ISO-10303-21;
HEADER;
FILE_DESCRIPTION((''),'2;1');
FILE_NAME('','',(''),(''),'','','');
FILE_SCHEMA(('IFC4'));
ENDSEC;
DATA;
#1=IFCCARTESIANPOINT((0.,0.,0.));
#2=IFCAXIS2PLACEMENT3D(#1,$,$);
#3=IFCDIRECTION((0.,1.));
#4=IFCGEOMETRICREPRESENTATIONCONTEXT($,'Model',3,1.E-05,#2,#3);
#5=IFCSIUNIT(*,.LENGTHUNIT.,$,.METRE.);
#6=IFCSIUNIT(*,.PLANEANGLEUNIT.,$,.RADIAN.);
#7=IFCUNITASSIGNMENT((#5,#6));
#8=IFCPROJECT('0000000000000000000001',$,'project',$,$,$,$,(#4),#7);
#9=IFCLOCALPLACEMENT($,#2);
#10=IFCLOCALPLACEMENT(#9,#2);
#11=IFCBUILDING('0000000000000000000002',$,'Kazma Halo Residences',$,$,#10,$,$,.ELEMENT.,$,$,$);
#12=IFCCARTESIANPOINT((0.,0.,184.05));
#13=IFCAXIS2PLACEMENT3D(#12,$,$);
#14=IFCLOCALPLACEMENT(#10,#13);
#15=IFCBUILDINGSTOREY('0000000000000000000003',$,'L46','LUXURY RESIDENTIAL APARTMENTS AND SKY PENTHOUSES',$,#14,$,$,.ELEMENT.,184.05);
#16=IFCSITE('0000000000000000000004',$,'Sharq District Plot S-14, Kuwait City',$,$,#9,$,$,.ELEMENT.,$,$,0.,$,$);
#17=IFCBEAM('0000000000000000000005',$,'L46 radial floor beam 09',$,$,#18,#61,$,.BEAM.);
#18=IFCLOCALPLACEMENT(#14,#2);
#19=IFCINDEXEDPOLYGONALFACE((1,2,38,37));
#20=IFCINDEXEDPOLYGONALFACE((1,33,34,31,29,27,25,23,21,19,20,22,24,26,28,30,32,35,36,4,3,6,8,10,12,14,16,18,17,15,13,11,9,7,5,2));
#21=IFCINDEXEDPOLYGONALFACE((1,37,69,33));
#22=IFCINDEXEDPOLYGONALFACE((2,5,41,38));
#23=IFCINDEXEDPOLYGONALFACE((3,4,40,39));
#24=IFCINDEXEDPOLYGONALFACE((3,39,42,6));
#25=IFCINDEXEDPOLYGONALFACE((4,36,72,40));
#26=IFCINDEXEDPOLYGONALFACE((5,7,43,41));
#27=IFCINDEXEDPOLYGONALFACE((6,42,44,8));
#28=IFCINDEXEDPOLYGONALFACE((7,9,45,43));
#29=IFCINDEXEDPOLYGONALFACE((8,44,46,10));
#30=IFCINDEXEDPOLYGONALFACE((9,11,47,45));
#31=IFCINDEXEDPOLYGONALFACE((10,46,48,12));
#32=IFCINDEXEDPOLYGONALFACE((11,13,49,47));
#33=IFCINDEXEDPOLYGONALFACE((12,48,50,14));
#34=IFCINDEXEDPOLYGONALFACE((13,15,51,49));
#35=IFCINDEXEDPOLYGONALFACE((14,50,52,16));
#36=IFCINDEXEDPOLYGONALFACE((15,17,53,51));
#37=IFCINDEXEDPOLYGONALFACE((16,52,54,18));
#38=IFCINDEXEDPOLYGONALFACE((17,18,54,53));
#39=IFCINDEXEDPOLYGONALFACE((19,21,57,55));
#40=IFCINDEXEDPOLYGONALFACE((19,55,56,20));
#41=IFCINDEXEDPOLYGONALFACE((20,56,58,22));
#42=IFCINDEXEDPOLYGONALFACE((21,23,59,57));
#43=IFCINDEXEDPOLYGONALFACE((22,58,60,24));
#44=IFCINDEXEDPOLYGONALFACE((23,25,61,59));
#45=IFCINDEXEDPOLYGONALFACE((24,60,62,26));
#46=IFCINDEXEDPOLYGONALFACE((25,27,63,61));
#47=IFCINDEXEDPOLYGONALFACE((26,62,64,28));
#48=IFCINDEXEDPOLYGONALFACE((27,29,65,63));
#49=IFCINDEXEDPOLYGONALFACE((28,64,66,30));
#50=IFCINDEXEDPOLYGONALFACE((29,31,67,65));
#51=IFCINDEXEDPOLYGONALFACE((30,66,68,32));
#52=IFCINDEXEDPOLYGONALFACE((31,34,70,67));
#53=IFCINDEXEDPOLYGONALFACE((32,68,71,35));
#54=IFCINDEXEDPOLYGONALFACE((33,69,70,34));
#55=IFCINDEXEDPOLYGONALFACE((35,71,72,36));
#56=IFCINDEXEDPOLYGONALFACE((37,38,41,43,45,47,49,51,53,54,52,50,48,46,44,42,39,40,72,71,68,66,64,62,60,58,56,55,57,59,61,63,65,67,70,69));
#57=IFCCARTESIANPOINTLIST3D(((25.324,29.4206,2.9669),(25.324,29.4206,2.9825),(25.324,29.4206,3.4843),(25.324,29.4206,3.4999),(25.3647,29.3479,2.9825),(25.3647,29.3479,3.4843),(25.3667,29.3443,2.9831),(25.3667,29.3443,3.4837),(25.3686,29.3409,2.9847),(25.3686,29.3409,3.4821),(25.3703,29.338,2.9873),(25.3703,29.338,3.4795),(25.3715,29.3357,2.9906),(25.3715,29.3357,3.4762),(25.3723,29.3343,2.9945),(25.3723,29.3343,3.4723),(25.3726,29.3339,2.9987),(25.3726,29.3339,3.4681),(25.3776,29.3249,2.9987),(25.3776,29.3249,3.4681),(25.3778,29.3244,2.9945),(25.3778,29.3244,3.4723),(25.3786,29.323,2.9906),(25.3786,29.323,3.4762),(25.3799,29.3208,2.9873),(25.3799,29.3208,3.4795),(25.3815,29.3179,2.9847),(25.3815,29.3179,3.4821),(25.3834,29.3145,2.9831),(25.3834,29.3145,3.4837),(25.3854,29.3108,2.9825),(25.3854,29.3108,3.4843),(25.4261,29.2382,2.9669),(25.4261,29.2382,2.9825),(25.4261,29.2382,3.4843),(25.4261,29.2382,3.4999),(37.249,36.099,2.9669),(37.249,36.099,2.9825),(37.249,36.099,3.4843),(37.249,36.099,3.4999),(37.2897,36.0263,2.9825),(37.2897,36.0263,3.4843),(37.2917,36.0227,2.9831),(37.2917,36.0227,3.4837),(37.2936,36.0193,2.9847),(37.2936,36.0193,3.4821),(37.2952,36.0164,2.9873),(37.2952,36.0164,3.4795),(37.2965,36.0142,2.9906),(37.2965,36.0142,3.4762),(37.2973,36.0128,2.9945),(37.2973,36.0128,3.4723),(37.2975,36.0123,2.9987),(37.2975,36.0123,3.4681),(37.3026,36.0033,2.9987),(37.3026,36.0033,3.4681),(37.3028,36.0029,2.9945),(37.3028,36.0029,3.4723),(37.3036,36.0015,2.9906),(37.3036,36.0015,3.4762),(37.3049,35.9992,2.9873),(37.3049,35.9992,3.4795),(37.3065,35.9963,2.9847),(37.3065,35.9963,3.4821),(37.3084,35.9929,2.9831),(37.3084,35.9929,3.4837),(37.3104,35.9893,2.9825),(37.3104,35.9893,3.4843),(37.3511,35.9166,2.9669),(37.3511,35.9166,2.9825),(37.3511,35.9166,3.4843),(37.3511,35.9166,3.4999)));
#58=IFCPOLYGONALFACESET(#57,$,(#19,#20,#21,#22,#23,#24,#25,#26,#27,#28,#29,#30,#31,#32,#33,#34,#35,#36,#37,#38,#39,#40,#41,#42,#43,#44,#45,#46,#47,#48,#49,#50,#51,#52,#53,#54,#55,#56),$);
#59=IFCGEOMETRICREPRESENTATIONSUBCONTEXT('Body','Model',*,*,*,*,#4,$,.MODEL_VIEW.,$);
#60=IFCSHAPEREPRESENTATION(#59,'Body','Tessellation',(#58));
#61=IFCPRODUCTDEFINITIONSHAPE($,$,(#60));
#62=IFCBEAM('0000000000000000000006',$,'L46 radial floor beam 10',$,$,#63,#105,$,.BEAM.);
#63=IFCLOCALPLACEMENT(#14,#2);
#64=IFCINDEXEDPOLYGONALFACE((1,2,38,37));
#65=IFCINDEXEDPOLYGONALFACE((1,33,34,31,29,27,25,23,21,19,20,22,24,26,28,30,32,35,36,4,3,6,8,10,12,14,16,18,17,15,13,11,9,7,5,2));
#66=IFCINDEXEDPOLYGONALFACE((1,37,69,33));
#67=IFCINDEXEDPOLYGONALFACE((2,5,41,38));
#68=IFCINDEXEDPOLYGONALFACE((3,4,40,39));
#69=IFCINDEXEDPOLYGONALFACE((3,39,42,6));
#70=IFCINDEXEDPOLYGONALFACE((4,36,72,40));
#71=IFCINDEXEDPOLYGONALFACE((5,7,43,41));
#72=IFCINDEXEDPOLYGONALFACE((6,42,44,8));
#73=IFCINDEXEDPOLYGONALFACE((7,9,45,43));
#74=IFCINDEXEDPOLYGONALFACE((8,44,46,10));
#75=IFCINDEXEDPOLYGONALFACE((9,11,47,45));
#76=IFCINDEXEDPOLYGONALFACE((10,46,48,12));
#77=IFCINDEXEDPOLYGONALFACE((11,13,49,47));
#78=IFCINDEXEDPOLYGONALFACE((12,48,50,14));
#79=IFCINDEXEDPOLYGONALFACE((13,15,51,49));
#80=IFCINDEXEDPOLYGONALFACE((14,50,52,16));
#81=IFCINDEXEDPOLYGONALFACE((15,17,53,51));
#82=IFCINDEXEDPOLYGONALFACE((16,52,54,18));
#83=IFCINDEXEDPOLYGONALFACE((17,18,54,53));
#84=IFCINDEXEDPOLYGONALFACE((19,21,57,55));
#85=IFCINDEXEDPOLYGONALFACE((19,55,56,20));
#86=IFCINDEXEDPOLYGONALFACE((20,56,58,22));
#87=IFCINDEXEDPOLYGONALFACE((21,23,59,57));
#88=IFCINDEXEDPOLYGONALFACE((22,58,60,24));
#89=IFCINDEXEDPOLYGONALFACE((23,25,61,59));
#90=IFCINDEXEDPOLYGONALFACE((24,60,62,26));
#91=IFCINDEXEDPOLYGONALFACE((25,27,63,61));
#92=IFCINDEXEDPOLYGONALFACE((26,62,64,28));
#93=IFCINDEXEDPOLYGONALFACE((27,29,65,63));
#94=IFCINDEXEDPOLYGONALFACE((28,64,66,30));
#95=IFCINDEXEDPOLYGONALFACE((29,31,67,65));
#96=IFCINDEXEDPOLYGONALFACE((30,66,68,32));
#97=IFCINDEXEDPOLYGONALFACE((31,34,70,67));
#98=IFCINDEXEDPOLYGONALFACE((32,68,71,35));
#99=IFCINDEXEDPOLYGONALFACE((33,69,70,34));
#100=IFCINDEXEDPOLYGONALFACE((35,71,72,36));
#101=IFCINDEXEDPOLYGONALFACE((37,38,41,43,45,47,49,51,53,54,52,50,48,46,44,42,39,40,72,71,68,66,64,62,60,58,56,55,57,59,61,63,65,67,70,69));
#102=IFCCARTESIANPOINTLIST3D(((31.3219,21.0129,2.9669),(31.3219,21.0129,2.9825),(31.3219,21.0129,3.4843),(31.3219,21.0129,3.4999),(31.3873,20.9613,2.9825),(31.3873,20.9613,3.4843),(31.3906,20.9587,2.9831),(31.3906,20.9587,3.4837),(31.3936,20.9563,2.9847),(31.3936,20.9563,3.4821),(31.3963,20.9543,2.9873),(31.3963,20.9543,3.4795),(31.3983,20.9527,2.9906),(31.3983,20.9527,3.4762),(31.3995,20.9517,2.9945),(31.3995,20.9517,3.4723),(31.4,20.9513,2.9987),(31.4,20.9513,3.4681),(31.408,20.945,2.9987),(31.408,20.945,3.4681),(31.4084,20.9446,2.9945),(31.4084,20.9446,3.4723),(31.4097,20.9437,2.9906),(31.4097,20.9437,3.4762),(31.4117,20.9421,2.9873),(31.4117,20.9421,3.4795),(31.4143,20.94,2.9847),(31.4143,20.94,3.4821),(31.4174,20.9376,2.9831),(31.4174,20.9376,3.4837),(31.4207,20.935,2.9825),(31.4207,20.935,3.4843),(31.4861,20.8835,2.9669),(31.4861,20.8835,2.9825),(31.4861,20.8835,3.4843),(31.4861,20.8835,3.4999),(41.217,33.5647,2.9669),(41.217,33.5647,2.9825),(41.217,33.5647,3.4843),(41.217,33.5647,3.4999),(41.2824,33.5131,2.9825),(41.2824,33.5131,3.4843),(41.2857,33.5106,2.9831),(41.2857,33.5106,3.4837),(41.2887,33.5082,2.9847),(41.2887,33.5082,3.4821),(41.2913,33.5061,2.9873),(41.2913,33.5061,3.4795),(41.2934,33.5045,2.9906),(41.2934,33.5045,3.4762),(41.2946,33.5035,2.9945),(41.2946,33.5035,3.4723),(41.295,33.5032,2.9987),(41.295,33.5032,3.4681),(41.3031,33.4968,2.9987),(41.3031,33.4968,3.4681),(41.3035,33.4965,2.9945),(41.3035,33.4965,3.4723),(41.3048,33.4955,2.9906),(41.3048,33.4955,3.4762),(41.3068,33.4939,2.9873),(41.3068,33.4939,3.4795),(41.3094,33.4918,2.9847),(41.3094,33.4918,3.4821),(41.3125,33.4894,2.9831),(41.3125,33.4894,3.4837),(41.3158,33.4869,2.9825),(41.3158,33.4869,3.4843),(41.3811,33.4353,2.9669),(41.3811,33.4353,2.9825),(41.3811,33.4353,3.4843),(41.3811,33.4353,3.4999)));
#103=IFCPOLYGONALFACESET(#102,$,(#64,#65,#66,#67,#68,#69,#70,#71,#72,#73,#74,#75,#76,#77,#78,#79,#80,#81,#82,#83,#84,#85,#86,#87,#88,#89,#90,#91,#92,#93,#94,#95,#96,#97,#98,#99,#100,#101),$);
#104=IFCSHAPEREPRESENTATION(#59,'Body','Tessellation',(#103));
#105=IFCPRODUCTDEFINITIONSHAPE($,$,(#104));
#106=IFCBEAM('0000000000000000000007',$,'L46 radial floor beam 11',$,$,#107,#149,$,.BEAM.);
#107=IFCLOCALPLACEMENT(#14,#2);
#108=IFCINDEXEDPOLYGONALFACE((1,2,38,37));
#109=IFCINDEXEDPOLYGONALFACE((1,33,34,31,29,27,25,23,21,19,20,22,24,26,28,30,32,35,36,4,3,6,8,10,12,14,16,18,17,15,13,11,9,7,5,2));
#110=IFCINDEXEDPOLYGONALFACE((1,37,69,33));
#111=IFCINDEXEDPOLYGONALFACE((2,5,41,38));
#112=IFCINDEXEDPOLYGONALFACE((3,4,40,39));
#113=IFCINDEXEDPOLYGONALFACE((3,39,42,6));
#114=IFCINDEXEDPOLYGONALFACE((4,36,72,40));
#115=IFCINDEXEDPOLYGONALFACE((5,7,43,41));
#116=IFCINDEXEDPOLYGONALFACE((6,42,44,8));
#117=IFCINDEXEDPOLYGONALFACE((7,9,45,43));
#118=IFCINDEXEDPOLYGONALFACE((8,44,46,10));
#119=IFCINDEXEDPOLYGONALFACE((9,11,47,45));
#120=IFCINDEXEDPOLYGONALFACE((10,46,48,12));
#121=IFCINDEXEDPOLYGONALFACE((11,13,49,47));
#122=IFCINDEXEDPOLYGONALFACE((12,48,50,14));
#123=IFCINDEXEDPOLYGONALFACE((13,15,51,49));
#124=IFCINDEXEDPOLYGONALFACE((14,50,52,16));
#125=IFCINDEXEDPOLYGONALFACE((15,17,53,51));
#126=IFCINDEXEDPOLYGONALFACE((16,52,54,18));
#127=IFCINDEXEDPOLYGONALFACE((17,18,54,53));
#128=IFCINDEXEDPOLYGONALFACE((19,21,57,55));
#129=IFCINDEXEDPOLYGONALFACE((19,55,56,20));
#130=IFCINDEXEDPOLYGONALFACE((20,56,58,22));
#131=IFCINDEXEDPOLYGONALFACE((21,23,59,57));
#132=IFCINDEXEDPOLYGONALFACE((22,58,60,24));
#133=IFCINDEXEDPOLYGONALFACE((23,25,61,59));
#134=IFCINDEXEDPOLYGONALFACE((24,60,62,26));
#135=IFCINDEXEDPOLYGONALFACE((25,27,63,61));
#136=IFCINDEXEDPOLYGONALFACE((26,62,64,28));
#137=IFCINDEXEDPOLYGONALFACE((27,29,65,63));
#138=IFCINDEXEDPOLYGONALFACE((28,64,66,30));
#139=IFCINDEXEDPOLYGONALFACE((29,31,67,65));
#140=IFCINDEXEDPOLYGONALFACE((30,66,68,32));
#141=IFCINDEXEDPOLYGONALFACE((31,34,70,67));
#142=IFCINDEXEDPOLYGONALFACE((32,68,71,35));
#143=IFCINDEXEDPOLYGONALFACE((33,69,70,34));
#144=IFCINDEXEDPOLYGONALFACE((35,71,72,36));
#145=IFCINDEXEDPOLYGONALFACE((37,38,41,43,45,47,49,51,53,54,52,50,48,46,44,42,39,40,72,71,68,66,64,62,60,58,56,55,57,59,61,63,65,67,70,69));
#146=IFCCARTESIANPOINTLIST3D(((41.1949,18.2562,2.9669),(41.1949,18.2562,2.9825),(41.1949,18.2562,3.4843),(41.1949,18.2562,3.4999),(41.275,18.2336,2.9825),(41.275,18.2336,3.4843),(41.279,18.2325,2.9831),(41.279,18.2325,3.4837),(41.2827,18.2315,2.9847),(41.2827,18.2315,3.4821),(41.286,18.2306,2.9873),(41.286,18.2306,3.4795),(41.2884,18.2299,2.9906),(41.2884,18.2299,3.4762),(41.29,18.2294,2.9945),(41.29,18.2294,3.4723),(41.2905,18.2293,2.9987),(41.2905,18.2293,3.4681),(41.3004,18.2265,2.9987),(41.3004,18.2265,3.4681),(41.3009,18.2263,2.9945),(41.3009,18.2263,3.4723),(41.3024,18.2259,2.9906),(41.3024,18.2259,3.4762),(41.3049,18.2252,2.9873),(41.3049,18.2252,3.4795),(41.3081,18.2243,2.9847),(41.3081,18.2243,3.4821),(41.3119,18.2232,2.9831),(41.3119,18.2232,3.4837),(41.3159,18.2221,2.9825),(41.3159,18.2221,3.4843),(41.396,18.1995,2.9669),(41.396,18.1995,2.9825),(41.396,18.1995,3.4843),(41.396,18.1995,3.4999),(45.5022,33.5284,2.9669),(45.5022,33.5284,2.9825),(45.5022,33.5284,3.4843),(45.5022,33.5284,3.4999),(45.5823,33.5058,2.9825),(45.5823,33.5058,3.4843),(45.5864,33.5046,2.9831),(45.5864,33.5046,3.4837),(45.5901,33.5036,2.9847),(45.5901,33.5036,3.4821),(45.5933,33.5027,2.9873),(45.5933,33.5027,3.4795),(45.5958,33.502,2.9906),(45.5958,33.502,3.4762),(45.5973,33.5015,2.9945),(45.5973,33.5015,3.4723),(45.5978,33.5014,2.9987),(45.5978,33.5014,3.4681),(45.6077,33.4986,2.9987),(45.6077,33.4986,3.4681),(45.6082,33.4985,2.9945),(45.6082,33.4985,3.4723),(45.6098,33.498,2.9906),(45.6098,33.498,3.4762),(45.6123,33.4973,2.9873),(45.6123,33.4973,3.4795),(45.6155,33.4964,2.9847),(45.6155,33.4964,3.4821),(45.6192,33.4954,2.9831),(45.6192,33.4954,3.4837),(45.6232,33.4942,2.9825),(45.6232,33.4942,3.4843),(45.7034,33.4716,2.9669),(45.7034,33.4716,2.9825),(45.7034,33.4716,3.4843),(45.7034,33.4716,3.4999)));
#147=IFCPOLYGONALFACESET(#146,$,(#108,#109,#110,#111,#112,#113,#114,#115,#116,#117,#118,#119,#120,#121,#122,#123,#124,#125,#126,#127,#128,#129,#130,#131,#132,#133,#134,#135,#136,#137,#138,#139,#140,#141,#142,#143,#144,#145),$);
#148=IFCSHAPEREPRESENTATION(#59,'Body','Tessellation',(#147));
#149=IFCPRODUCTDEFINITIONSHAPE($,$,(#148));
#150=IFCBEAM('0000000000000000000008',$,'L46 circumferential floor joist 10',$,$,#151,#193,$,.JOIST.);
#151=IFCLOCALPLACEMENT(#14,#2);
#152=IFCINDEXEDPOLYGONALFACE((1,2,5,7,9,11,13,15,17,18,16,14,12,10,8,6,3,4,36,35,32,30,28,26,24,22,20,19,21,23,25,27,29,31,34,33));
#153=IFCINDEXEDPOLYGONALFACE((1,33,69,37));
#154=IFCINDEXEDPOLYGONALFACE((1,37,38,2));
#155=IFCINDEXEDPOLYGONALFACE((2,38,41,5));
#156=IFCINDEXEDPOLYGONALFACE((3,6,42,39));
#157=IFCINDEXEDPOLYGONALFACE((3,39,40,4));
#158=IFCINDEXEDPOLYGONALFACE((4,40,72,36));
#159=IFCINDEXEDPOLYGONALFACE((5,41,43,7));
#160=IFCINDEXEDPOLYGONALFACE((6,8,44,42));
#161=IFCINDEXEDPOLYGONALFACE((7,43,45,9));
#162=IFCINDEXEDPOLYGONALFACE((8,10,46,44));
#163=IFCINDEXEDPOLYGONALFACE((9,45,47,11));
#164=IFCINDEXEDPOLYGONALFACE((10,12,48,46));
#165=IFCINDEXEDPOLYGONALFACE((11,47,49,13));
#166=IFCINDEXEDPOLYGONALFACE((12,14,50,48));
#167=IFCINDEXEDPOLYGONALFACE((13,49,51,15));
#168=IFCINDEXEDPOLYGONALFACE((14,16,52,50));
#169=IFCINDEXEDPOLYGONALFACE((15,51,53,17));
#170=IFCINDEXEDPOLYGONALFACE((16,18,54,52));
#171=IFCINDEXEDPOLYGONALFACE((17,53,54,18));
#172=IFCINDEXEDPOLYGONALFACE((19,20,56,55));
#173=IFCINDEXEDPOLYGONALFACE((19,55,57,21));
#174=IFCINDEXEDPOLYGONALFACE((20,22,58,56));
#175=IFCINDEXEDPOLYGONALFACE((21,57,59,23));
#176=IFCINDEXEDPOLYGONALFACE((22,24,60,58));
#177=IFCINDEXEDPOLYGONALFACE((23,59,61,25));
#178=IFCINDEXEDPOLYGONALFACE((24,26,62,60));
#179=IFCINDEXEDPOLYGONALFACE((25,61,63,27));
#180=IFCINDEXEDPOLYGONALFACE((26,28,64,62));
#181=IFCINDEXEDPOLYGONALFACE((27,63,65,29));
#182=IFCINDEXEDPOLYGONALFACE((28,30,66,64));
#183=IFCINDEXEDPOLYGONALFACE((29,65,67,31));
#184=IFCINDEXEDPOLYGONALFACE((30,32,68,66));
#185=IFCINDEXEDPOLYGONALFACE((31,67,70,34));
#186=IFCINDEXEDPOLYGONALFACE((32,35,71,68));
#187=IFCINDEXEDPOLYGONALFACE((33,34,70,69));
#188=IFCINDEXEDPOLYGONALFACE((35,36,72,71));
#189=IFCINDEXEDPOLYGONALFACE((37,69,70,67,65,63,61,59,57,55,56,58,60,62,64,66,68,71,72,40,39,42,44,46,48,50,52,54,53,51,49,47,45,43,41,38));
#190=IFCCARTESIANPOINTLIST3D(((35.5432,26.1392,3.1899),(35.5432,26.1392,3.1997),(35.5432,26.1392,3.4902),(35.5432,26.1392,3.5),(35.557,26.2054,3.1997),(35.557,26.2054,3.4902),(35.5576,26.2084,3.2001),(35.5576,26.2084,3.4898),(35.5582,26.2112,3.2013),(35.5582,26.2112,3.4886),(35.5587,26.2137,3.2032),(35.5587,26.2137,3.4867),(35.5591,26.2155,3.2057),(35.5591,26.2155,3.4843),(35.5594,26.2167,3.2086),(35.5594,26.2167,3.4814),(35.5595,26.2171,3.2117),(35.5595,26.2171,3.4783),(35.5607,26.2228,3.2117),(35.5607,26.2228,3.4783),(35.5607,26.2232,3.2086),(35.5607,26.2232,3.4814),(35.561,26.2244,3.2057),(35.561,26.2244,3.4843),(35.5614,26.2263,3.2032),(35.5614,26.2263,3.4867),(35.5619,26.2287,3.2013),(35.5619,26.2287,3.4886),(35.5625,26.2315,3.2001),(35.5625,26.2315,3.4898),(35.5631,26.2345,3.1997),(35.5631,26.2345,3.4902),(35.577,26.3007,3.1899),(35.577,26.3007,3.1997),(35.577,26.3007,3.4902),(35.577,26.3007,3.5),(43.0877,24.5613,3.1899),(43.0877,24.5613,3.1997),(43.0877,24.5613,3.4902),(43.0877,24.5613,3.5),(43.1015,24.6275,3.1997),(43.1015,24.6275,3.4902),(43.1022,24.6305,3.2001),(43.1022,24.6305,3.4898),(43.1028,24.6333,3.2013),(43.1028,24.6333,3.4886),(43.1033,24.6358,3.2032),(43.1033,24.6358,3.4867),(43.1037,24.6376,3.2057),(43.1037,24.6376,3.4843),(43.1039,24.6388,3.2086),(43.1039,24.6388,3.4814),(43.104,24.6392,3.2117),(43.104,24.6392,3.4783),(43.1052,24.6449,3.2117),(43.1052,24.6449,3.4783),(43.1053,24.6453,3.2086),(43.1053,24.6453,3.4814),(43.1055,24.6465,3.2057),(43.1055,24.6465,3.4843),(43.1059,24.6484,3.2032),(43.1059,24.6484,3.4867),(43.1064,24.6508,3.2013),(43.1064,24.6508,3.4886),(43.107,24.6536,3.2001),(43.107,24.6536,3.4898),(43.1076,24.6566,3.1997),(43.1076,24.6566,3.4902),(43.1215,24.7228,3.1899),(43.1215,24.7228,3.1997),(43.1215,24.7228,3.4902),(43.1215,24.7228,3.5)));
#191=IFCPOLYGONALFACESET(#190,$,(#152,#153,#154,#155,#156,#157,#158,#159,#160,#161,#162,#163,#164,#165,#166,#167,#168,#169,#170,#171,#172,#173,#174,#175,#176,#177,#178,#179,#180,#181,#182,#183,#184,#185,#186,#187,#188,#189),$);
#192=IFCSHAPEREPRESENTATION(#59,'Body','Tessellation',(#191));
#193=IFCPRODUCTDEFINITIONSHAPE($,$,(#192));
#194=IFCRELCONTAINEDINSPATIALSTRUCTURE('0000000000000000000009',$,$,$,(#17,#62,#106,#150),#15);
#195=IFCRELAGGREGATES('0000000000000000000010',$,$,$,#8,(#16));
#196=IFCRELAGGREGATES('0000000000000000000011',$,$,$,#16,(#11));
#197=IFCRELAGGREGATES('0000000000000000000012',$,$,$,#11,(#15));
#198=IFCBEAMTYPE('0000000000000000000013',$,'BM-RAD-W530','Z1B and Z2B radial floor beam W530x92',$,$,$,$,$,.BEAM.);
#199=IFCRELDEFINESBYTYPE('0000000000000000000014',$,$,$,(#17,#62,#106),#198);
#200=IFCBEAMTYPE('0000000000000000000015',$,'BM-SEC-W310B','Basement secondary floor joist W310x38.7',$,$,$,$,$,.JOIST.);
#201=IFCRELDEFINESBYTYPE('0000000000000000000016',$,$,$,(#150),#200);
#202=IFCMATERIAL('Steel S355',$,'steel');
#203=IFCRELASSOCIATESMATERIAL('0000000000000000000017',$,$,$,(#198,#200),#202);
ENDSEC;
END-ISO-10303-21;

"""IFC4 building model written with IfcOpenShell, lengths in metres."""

from ifc_helpers import new_model, si_unit, direction, frame, origin, origin_2d, place, context, subcontext, project, spatial, i_section, extrude, material, material_profile, profile_set, type_object, element, save


model = new_model("IFC4")

# Units and contexts
model_context = context("Model", 3, precision=1e-05, world=origin(), true_north=direction((0.0, 1.0)))
body_context = subcontext(model_context, "Body", "Model", "MODEL_VIEW")
ifc_project = project(units=[si_unit("LENGTHUNIT", "METRE"), si_unit("PLANEANGLEUNIT", "RADIAN")], contexts=[model_context])

# Site, building, storey
site_placement = place(None, origin())
site = spatial("IfcSite", under=ifc_project, at=site_placement, Name="Sharq District Plot S-14, Kuwait City", CompositionType="ELEMENT", RefElevation=0.0)
building_placement = place(site_placement, origin())
building = spatial("IfcBuilding", under=site, at=building_placement, Name="Kazma Halo Residences", CompositionType="ELEMENT")
storey_placement = place(building_placement, frame((0.0, 0.0, 184.05)))
storey = spatial("IfcBuildingStorey", under=building, at=storey_placement, Name="L46", Description="LUXURY RESIDENTIAL APARTMENTS AND SKY PENTHOUSES", CompositionType="ELEMENT", Elevation=184.05)

# Beams
ifc_material_1 = material(Name="Steel S355", Category="steel")
ifc_material_profile_1 = material_profile(ifc_material_1, i_section(OverallWidth=0.209, OverallDepth=0.533, WebThickness=0.0103, FlangeThickness=0.0156, FilletRadius=0.0161, at=origin_2d()), Name="W530x92")
ifc_profile_set_1 = profile_set([ifc_material_profile_1], Name="Steel S355")
beam_type_1 = type_object("IfcBeamType", Name="BM-RAD-W530", Description="Z1B and Z2B radial floor beam W530x92", PredefinedType="BEAM", material=ifc_profile_set_1)
beam_1_placement = place(storey_placement, frame((37.3, 36.0078, 3.2334), z_axis=(-0.872492, -0.488628, 0.0), x_axis=(0.488628, -0.872492, 0.0)))
element("IfcBeam", 1, at=beam_1_placement, inside=storey, type_object=beam_type_1, Name="L46 radial floor beam 09", PredefinedType="BEAM", context=body_context, shape_type="SweptSolid", body=[
    extrude(i_section(OverallWidth=0.209, OverallDepth=0.533, WebThickness=0.0103, FlangeThickness=0.0156, FilletRadius=0.0161, at=origin_2d()), origin(), (0.0, 0.0, 1.0), 13.6677),
])
beam_2_placement = place(storey_placement, frame((41.2991, 33.5, 3.2334), z_axis=(-0.619094, -0.785317, 0.0), x_axis=(0.785317, -0.619094, 0.0)))
element("IfcBeam", 2, at=beam_2_placement, inside=storey, type_object=beam_type_1, Name="L46 radial floor beam 10", PredefinedType="BEAM", context=body_context, shape_type="SweptSolid", body=[
    extrude(i_section(OverallWidth=0.209, OverallDepth=0.533, WebThickness=0.0103, FlangeThickness=0.0156, FilletRadius=0.0161, at=origin_2d()), origin(), (0.0, 0.0, 1.0), 15.9832),
])
beam_3_placement = place(storey_placement, frame((45.6028, 33.5, 3.2334), z_axis=(-0.27145, -0.962453, 0.0), x_axis=(0.962453, -0.27145, 0.0)))
element("IfcBeam", 3, at=beam_3_placement, inside=storey, type_object=beam_type_1, Name="L46 radial floor beam 11", PredefinedType="BEAM", context=body_context, shape_type="SweptSolid", body=[
    extrude(i_section(OverallWidth=0.209, OverallDepth=0.533, WebThickness=0.0103, FlangeThickness=0.0156, FilletRadius=0.0161, at=origin_2d()), origin(), (0.0, 0.0, 1.0), 15.8679),
])
ifc_material_profile_2 = material_profile(ifc_material_1, i_section(OverallWidth=0.165, OverallDepth=0.3101, WebThickness=0.0059, FlangeThickness=0.0098, FilletRadius=0.012, at=origin_2d()), Name="W310x38.7")
ifc_profile_set_2 = profile_set([ifc_material_profile_2], Name="Steel S355")
beam_type_2 = type_object("IfcBeamType", Name="BM-SEC-W310B", Description="Basement secondary floor joist W310x38.7", PredefinedType="JOIST", material=ifc_profile_set_2)
beam_4_placement = place(storey_placement, frame((35.5601, 26.22, 3.345), z_axis=(0.978821, -0.204716, 0.0), x_axis=(0.204716, 0.978821, 0.0)))
element("IfcBeam", 4, at=beam_4_placement, inside=storey, type_object=beam_type_2, Name="L46 circumferential floor joist 10", PredefinedType="JOIST", context=body_context, shape_type="SweptSolid", body=[
    extrude(i_section(OverallWidth=0.165, OverallDepth=0.3101, WebThickness=0.0059, FlangeThickness=0.0098, FilletRadius=0.012, at=origin_2d()), origin(), (0.0, 0.0, 1.0), 7.7078),
])

save(model, "model.ifc")
